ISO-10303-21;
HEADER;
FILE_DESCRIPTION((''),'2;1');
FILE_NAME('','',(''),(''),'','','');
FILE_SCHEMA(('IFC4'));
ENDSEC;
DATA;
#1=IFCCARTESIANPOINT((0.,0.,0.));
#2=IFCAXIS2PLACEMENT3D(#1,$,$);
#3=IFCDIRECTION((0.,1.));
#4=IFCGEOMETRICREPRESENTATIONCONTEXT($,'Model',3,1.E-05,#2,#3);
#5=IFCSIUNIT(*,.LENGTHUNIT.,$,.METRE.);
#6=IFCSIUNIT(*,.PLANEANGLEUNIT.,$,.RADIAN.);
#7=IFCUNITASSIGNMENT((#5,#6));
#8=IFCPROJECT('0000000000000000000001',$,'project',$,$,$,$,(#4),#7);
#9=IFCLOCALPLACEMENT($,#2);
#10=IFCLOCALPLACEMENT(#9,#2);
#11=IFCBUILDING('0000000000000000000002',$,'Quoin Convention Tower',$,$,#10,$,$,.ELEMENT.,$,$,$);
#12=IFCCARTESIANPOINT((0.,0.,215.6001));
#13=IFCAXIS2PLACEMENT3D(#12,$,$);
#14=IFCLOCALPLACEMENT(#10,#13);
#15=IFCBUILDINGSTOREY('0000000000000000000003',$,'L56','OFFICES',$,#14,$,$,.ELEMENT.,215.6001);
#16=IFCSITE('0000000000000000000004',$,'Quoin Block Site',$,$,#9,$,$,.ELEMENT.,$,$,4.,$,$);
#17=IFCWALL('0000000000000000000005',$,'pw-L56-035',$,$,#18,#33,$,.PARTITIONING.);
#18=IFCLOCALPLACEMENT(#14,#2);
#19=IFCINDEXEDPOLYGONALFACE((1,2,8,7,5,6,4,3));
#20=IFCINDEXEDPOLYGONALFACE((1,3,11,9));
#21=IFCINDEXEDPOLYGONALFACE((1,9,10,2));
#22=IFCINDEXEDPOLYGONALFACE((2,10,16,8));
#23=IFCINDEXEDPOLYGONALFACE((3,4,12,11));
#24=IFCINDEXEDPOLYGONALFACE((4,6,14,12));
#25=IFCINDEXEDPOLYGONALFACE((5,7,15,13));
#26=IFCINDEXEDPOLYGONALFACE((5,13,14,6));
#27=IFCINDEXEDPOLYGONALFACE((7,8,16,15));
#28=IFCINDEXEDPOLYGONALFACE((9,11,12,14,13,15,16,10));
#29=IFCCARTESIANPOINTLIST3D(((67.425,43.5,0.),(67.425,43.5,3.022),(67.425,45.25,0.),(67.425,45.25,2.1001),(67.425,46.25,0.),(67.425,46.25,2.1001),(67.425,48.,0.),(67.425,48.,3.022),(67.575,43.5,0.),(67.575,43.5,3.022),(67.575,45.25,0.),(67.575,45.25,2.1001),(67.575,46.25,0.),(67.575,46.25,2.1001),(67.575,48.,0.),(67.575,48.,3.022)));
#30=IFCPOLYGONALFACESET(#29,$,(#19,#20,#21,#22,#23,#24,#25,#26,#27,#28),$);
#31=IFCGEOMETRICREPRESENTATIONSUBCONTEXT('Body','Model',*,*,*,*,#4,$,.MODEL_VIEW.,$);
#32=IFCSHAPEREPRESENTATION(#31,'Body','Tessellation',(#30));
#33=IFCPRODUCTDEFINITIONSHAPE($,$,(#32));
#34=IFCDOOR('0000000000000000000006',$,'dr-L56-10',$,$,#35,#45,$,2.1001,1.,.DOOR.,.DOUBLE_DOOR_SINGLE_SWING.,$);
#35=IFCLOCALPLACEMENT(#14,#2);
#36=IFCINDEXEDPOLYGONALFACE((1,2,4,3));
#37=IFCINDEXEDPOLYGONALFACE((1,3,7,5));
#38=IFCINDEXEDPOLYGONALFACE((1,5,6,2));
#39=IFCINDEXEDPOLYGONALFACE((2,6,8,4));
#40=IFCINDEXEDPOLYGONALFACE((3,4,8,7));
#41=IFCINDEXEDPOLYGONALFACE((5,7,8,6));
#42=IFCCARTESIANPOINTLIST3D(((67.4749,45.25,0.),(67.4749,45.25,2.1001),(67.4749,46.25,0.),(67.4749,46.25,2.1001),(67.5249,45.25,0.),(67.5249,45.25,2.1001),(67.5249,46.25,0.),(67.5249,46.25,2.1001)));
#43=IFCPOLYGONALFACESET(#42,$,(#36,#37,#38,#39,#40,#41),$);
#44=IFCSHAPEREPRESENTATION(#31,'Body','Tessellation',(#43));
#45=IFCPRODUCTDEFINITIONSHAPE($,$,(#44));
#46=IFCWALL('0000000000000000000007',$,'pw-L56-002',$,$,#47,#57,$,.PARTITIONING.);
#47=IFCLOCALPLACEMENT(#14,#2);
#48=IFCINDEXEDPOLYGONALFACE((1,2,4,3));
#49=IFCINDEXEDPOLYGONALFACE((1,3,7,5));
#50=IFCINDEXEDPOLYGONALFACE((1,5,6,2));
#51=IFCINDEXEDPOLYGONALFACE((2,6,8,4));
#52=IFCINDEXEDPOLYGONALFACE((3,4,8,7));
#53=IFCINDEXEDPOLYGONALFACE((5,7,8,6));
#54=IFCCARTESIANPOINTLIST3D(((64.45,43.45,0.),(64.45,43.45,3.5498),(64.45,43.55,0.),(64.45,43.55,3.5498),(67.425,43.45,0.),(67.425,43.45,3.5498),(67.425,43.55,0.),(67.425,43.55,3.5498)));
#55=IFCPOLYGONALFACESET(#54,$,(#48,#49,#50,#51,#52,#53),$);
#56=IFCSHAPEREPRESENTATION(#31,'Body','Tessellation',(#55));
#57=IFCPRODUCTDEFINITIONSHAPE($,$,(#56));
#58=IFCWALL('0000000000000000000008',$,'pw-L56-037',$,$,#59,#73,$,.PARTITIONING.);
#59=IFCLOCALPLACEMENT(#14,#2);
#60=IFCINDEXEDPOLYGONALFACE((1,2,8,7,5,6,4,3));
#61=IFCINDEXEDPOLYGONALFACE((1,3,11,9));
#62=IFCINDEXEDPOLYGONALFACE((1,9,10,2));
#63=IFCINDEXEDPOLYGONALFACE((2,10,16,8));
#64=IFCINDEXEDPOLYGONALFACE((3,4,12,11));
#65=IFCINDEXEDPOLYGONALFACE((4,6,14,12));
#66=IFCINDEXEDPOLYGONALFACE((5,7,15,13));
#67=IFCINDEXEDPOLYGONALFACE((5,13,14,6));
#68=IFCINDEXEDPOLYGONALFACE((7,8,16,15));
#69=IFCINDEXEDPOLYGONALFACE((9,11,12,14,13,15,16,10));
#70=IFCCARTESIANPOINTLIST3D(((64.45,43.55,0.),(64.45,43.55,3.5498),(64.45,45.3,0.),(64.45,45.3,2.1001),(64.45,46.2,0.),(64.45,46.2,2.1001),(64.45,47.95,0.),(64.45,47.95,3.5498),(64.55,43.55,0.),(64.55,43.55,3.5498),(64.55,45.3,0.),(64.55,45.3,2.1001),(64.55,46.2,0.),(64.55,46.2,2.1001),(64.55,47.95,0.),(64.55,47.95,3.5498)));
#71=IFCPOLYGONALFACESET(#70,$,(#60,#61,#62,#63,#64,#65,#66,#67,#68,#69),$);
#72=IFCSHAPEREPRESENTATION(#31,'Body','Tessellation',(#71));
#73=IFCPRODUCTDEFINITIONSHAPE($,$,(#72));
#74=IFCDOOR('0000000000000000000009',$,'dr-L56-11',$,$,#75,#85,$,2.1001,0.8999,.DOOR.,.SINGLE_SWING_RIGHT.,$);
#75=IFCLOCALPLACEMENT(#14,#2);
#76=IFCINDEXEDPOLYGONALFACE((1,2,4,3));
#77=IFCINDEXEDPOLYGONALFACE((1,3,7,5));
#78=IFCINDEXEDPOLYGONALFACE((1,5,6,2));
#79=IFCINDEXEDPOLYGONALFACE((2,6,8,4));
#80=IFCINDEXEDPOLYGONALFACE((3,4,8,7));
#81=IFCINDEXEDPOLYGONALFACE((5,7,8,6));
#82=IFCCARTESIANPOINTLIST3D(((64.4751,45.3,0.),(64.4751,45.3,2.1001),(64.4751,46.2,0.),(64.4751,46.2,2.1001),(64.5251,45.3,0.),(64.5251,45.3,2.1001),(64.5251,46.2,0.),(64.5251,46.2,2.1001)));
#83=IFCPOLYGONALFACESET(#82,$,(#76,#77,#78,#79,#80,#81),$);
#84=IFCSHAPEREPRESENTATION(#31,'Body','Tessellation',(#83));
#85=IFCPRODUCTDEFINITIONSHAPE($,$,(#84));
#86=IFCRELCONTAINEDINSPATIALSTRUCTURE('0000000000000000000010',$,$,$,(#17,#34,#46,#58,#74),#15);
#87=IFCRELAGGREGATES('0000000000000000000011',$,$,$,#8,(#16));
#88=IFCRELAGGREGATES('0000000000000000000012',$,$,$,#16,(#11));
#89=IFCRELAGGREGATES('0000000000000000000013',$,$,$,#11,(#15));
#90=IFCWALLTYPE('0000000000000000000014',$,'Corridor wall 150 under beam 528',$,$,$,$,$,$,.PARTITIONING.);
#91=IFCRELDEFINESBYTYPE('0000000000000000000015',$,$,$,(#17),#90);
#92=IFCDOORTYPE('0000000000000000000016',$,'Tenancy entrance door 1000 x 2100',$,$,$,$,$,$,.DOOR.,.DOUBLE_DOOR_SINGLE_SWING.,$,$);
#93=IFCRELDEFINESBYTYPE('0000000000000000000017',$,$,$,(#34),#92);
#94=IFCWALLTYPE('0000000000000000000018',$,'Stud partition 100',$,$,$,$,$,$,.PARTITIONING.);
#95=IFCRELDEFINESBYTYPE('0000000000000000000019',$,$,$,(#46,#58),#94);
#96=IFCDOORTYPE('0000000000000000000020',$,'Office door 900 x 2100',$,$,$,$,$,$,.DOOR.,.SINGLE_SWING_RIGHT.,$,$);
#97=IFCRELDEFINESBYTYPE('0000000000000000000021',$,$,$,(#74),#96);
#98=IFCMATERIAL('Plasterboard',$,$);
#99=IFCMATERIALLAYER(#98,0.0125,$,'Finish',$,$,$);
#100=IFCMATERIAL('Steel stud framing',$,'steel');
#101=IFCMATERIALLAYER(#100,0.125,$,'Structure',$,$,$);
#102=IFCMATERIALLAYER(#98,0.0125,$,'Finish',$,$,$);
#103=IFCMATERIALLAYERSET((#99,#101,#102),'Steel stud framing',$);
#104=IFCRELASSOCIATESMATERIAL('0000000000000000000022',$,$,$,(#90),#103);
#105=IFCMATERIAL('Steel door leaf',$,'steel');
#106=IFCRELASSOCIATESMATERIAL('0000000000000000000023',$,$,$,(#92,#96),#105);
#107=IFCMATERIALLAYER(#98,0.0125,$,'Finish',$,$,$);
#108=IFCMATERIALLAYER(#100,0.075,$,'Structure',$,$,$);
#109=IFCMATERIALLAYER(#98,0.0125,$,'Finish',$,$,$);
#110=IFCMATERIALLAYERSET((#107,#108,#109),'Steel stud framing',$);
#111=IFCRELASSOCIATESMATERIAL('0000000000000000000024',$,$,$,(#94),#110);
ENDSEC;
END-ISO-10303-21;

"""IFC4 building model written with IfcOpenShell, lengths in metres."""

from ifc_helpers import new_model, si_unit, direction, frame, frame_2d, origin, place, context, subcontext, project, spatial, rectangle, extrude, material, layer, layer_set, type_object, element, fill, save


model = new_model("IFC4")

# Units and contexts
model_context = context("Model", 3, precision=1e-05, world=origin(), true_north=direction((0.0, 1.0)))
body_context = subcontext(model_context, "Body", "Model", "MODEL_VIEW")
ifc_project = project(units=[si_unit("LENGTHUNIT", "METRE"), si_unit("PLANEANGLEUNIT", "RADIAN")], contexts=[model_context])

# Site, building, storey
site_placement = place(None, origin())
site = spatial("IfcSite", under=ifc_project, at=site_placement, Name="Quoin Block Site", CompositionType="ELEMENT", RefElevation=4.0)
building_placement = place(site_placement, origin())
building = spatial("IfcBuilding", under=site, at=building_placement, Name="Quoin Convention Tower", CompositionType="ELEMENT")
storey_placement = place(building_placement, frame((0.0, 0.0, 215.6001)))
storey = spatial("IfcBuildingStorey", under=building, at=storey_placement, Name="L56", Description="OFFICES", CompositionType="ELEMENT", Elevation=215.6001)

# Shared definitions
ifc_material_1 = material(Name="Plasterboard")
ifc_material_2 = material(Name="Steel stud framing", Category="steel")

# Shared definitions
ifc_layer_1 = layer(ifc_material_1, 0.0125, Name="Finish")
ifc_layer_2 = layer(ifc_material_2, 0.125, Name="Structure")
ifc_layer_3 = layer(ifc_material_1, 0.0125, Name="Finish")
ifc_layer_set_1 = layer_set([ifc_layer_1, ifc_layer_2, ifc_layer_3], Name="Steel stud framing")
wall_type_1 = type_object("IfcWallType", Name="Corridor wall 150 under beam 528", PredefinedType="PARTITIONING", material=ifc_layer_set_1)

# Wall, opening, door
wall_1_placement = place(storey_placement, frame((67.5, 43.5, 0.0), z_axis=(0.0, 0.0, 1.0), x_axis=(0.0, 1.0, 0.0)))
wall_1 = element("IfcWall", 1, at=wall_1_placement, inside=storey, type_object=wall_type_1, Name="pw-L56-035", PredefinedType="PARTITIONING", context=body_context, shape_type="SweptSolid", body=[
    extrude(rectangle(XDim=4.5, YDim=0.1499, at=frame_2d((2.25, 0.0))), origin(), (0.0, 0.0, 1.0), 3.022),
])
opening_1_placement = place(wall_1_placement, frame((1.75, 0.0, 0.0)))
opening_1 = element("IfcOpeningElement", 2, at=opening_1_placement, cuts=wall_1, PredefinedType="OPENING", context=body_context, shape_type="SweptSolid", body=[
    extrude(rectangle(XDim=1.0, YDim=2.1001, at=frame_2d((0.5, 1.05))), frame((0.0, 0.085, 0.0), z_axis=(0.0, -1.0, 0.0), x_axis=(1.0, 0.0, 0.0)), (0.0, 0.0, 1.0), 0.1699),
])
ifc_material_3 = material(Name="Steel door leaf", Category="steel")
door_type_1 = type_object("IfcDoorType", Name="Tenancy entrance door 1000 x 2100", OperationType="DOUBLE_DOOR_SINGLE_SWING", PredefinedType="DOOR", material=ifc_material_3)
door_1_placement = place(opening_1_placement, frame((1.0, 0.0, 0.0), z_axis=(0.0, 0.0, 1.0), x_axis=(-1.0, 0.0, 0.0)))
door_1 = element("IfcDoor", 3, at=door_1_placement, inside=storey, type_object=door_type_1, Name="dr-L56-10", OperationType="DOUBLE_DOOR_SINGLE_SWING", OverallHeight=2.1001, OverallWidth=1.0, PredefinedType="DOOR", context=body_context, shape_type="SweptSolid", body=[
    extrude(rectangle(XDim=1.0, YDim=2.1001, at=frame_2d((0.5, 1.05))), frame((0.0, 0.0249, 0.0), z_axis=(0.0, -1.0, 0.0), x_axis=(1.0, 0.0, 0.0)), (0.0, 0.0, 1.0), 0.05),
])
fill(opening_1, door_1)

# Wall
ifc_layer_4 = layer(ifc_material_1, 0.0125, Name="Finish")
ifc_layer_5 = layer(ifc_material_2, 0.075, Name="Structure")
ifc_layer_6 = layer(ifc_material_1, 0.0125, Name="Finish")
ifc_layer_set_2 = layer_set([ifc_layer_4, ifc_layer_5, ifc_layer_6], Name="Steel stud framing")
wall_type_2 = type_object("IfcWallType", Name="Stud partition 100", PredefinedType="PARTITIONING", material=ifc_layer_set_2)
wall_2_placement = place(storey_placement, frame((64.45, 43.5, 0.0), z_axis=(0.0, 0.0, 1.0), x_axis=(1.0, 0.0, 0.0)))
element("IfcWall", 4, at=wall_2_placement, inside=storey, type_object=wall_type_2, Name="pw-L56-002", PredefinedType="PARTITIONING", context=body_context, shape_type="SweptSolid", body=[
    extrude(rectangle(XDim=2.9751, YDim=0.1001, at=frame_2d((1.4875, 0.0))), origin(), (0.0, 0.0, 1.0), 3.5498),
])

# Wall, opening, door
wall_3_placement = place(storey_placement, frame((64.5, 43.55, 0.0), z_axis=(0.0, 0.0, 1.0), x_axis=(0.0, 1.0, 0.0)))
wall_3 = element("IfcWall", 5, at=wall_3_placement, inside=storey, type_object=wall_type_2, Name="pw-L56-037", PredefinedType="PARTITIONING", context=body_context, shape_type="SweptSolid", body=[
    extrude(rectangle(XDim=4.3999, YDim=0.1001, at=frame_2d((2.2, 0.0))), origin(), (0.0, 0.0, 1.0), 3.5498),
])
opening_2_placement = place(wall_3_placement, frame((1.75, 0.0, 0.0)))
opening_2 = element("IfcOpeningElement", 6, at=opening_2_placement, cuts=wall_3, PredefinedType="OPENING", context=body_context, shape_type="SweptSolid", body=[
    extrude(rectangle(XDim=0.8999, YDim=2.1001, at=frame_2d((0.45, 1.05))), frame((0.0, 0.0601, 0.0), z_axis=(0.0, -1.0, 0.0), x_axis=(1.0, 0.0, 0.0)), (0.0, 0.0, 1.0), 0.1201),
])
door_type_2 = type_object("IfcDoorType", Name="Office door 900 x 2100", OperationType="SINGLE_SWING_RIGHT", PredefinedType="DOOR", material=ifc_material_3)
door_2_placement = place(opening_2_placement, origin())
door_2 = element("IfcDoor", 7, at=door_2_placement, inside=storey, type_object=door_type_2, Name="dr-L56-11", OperationType="SINGLE_SWING_RIGHT", OverallHeight=2.1001, OverallWidth=0.8999, PredefinedType="DOOR", context=body_context, shape_type="SweptSolid", body=[
    extrude(rectangle(XDim=0.8999, YDim=2.1001, at=frame_2d((0.45, 1.05))), frame((0.0, 0.0249, 0.0), z_axis=(0.0, -1.0, 0.0), x_axis=(1.0, 0.0, 0.0)), (0.0, 0.0, 1.0), 0.05),
])
fill(opening_2, door_2)

save(model, "model.ifc")
